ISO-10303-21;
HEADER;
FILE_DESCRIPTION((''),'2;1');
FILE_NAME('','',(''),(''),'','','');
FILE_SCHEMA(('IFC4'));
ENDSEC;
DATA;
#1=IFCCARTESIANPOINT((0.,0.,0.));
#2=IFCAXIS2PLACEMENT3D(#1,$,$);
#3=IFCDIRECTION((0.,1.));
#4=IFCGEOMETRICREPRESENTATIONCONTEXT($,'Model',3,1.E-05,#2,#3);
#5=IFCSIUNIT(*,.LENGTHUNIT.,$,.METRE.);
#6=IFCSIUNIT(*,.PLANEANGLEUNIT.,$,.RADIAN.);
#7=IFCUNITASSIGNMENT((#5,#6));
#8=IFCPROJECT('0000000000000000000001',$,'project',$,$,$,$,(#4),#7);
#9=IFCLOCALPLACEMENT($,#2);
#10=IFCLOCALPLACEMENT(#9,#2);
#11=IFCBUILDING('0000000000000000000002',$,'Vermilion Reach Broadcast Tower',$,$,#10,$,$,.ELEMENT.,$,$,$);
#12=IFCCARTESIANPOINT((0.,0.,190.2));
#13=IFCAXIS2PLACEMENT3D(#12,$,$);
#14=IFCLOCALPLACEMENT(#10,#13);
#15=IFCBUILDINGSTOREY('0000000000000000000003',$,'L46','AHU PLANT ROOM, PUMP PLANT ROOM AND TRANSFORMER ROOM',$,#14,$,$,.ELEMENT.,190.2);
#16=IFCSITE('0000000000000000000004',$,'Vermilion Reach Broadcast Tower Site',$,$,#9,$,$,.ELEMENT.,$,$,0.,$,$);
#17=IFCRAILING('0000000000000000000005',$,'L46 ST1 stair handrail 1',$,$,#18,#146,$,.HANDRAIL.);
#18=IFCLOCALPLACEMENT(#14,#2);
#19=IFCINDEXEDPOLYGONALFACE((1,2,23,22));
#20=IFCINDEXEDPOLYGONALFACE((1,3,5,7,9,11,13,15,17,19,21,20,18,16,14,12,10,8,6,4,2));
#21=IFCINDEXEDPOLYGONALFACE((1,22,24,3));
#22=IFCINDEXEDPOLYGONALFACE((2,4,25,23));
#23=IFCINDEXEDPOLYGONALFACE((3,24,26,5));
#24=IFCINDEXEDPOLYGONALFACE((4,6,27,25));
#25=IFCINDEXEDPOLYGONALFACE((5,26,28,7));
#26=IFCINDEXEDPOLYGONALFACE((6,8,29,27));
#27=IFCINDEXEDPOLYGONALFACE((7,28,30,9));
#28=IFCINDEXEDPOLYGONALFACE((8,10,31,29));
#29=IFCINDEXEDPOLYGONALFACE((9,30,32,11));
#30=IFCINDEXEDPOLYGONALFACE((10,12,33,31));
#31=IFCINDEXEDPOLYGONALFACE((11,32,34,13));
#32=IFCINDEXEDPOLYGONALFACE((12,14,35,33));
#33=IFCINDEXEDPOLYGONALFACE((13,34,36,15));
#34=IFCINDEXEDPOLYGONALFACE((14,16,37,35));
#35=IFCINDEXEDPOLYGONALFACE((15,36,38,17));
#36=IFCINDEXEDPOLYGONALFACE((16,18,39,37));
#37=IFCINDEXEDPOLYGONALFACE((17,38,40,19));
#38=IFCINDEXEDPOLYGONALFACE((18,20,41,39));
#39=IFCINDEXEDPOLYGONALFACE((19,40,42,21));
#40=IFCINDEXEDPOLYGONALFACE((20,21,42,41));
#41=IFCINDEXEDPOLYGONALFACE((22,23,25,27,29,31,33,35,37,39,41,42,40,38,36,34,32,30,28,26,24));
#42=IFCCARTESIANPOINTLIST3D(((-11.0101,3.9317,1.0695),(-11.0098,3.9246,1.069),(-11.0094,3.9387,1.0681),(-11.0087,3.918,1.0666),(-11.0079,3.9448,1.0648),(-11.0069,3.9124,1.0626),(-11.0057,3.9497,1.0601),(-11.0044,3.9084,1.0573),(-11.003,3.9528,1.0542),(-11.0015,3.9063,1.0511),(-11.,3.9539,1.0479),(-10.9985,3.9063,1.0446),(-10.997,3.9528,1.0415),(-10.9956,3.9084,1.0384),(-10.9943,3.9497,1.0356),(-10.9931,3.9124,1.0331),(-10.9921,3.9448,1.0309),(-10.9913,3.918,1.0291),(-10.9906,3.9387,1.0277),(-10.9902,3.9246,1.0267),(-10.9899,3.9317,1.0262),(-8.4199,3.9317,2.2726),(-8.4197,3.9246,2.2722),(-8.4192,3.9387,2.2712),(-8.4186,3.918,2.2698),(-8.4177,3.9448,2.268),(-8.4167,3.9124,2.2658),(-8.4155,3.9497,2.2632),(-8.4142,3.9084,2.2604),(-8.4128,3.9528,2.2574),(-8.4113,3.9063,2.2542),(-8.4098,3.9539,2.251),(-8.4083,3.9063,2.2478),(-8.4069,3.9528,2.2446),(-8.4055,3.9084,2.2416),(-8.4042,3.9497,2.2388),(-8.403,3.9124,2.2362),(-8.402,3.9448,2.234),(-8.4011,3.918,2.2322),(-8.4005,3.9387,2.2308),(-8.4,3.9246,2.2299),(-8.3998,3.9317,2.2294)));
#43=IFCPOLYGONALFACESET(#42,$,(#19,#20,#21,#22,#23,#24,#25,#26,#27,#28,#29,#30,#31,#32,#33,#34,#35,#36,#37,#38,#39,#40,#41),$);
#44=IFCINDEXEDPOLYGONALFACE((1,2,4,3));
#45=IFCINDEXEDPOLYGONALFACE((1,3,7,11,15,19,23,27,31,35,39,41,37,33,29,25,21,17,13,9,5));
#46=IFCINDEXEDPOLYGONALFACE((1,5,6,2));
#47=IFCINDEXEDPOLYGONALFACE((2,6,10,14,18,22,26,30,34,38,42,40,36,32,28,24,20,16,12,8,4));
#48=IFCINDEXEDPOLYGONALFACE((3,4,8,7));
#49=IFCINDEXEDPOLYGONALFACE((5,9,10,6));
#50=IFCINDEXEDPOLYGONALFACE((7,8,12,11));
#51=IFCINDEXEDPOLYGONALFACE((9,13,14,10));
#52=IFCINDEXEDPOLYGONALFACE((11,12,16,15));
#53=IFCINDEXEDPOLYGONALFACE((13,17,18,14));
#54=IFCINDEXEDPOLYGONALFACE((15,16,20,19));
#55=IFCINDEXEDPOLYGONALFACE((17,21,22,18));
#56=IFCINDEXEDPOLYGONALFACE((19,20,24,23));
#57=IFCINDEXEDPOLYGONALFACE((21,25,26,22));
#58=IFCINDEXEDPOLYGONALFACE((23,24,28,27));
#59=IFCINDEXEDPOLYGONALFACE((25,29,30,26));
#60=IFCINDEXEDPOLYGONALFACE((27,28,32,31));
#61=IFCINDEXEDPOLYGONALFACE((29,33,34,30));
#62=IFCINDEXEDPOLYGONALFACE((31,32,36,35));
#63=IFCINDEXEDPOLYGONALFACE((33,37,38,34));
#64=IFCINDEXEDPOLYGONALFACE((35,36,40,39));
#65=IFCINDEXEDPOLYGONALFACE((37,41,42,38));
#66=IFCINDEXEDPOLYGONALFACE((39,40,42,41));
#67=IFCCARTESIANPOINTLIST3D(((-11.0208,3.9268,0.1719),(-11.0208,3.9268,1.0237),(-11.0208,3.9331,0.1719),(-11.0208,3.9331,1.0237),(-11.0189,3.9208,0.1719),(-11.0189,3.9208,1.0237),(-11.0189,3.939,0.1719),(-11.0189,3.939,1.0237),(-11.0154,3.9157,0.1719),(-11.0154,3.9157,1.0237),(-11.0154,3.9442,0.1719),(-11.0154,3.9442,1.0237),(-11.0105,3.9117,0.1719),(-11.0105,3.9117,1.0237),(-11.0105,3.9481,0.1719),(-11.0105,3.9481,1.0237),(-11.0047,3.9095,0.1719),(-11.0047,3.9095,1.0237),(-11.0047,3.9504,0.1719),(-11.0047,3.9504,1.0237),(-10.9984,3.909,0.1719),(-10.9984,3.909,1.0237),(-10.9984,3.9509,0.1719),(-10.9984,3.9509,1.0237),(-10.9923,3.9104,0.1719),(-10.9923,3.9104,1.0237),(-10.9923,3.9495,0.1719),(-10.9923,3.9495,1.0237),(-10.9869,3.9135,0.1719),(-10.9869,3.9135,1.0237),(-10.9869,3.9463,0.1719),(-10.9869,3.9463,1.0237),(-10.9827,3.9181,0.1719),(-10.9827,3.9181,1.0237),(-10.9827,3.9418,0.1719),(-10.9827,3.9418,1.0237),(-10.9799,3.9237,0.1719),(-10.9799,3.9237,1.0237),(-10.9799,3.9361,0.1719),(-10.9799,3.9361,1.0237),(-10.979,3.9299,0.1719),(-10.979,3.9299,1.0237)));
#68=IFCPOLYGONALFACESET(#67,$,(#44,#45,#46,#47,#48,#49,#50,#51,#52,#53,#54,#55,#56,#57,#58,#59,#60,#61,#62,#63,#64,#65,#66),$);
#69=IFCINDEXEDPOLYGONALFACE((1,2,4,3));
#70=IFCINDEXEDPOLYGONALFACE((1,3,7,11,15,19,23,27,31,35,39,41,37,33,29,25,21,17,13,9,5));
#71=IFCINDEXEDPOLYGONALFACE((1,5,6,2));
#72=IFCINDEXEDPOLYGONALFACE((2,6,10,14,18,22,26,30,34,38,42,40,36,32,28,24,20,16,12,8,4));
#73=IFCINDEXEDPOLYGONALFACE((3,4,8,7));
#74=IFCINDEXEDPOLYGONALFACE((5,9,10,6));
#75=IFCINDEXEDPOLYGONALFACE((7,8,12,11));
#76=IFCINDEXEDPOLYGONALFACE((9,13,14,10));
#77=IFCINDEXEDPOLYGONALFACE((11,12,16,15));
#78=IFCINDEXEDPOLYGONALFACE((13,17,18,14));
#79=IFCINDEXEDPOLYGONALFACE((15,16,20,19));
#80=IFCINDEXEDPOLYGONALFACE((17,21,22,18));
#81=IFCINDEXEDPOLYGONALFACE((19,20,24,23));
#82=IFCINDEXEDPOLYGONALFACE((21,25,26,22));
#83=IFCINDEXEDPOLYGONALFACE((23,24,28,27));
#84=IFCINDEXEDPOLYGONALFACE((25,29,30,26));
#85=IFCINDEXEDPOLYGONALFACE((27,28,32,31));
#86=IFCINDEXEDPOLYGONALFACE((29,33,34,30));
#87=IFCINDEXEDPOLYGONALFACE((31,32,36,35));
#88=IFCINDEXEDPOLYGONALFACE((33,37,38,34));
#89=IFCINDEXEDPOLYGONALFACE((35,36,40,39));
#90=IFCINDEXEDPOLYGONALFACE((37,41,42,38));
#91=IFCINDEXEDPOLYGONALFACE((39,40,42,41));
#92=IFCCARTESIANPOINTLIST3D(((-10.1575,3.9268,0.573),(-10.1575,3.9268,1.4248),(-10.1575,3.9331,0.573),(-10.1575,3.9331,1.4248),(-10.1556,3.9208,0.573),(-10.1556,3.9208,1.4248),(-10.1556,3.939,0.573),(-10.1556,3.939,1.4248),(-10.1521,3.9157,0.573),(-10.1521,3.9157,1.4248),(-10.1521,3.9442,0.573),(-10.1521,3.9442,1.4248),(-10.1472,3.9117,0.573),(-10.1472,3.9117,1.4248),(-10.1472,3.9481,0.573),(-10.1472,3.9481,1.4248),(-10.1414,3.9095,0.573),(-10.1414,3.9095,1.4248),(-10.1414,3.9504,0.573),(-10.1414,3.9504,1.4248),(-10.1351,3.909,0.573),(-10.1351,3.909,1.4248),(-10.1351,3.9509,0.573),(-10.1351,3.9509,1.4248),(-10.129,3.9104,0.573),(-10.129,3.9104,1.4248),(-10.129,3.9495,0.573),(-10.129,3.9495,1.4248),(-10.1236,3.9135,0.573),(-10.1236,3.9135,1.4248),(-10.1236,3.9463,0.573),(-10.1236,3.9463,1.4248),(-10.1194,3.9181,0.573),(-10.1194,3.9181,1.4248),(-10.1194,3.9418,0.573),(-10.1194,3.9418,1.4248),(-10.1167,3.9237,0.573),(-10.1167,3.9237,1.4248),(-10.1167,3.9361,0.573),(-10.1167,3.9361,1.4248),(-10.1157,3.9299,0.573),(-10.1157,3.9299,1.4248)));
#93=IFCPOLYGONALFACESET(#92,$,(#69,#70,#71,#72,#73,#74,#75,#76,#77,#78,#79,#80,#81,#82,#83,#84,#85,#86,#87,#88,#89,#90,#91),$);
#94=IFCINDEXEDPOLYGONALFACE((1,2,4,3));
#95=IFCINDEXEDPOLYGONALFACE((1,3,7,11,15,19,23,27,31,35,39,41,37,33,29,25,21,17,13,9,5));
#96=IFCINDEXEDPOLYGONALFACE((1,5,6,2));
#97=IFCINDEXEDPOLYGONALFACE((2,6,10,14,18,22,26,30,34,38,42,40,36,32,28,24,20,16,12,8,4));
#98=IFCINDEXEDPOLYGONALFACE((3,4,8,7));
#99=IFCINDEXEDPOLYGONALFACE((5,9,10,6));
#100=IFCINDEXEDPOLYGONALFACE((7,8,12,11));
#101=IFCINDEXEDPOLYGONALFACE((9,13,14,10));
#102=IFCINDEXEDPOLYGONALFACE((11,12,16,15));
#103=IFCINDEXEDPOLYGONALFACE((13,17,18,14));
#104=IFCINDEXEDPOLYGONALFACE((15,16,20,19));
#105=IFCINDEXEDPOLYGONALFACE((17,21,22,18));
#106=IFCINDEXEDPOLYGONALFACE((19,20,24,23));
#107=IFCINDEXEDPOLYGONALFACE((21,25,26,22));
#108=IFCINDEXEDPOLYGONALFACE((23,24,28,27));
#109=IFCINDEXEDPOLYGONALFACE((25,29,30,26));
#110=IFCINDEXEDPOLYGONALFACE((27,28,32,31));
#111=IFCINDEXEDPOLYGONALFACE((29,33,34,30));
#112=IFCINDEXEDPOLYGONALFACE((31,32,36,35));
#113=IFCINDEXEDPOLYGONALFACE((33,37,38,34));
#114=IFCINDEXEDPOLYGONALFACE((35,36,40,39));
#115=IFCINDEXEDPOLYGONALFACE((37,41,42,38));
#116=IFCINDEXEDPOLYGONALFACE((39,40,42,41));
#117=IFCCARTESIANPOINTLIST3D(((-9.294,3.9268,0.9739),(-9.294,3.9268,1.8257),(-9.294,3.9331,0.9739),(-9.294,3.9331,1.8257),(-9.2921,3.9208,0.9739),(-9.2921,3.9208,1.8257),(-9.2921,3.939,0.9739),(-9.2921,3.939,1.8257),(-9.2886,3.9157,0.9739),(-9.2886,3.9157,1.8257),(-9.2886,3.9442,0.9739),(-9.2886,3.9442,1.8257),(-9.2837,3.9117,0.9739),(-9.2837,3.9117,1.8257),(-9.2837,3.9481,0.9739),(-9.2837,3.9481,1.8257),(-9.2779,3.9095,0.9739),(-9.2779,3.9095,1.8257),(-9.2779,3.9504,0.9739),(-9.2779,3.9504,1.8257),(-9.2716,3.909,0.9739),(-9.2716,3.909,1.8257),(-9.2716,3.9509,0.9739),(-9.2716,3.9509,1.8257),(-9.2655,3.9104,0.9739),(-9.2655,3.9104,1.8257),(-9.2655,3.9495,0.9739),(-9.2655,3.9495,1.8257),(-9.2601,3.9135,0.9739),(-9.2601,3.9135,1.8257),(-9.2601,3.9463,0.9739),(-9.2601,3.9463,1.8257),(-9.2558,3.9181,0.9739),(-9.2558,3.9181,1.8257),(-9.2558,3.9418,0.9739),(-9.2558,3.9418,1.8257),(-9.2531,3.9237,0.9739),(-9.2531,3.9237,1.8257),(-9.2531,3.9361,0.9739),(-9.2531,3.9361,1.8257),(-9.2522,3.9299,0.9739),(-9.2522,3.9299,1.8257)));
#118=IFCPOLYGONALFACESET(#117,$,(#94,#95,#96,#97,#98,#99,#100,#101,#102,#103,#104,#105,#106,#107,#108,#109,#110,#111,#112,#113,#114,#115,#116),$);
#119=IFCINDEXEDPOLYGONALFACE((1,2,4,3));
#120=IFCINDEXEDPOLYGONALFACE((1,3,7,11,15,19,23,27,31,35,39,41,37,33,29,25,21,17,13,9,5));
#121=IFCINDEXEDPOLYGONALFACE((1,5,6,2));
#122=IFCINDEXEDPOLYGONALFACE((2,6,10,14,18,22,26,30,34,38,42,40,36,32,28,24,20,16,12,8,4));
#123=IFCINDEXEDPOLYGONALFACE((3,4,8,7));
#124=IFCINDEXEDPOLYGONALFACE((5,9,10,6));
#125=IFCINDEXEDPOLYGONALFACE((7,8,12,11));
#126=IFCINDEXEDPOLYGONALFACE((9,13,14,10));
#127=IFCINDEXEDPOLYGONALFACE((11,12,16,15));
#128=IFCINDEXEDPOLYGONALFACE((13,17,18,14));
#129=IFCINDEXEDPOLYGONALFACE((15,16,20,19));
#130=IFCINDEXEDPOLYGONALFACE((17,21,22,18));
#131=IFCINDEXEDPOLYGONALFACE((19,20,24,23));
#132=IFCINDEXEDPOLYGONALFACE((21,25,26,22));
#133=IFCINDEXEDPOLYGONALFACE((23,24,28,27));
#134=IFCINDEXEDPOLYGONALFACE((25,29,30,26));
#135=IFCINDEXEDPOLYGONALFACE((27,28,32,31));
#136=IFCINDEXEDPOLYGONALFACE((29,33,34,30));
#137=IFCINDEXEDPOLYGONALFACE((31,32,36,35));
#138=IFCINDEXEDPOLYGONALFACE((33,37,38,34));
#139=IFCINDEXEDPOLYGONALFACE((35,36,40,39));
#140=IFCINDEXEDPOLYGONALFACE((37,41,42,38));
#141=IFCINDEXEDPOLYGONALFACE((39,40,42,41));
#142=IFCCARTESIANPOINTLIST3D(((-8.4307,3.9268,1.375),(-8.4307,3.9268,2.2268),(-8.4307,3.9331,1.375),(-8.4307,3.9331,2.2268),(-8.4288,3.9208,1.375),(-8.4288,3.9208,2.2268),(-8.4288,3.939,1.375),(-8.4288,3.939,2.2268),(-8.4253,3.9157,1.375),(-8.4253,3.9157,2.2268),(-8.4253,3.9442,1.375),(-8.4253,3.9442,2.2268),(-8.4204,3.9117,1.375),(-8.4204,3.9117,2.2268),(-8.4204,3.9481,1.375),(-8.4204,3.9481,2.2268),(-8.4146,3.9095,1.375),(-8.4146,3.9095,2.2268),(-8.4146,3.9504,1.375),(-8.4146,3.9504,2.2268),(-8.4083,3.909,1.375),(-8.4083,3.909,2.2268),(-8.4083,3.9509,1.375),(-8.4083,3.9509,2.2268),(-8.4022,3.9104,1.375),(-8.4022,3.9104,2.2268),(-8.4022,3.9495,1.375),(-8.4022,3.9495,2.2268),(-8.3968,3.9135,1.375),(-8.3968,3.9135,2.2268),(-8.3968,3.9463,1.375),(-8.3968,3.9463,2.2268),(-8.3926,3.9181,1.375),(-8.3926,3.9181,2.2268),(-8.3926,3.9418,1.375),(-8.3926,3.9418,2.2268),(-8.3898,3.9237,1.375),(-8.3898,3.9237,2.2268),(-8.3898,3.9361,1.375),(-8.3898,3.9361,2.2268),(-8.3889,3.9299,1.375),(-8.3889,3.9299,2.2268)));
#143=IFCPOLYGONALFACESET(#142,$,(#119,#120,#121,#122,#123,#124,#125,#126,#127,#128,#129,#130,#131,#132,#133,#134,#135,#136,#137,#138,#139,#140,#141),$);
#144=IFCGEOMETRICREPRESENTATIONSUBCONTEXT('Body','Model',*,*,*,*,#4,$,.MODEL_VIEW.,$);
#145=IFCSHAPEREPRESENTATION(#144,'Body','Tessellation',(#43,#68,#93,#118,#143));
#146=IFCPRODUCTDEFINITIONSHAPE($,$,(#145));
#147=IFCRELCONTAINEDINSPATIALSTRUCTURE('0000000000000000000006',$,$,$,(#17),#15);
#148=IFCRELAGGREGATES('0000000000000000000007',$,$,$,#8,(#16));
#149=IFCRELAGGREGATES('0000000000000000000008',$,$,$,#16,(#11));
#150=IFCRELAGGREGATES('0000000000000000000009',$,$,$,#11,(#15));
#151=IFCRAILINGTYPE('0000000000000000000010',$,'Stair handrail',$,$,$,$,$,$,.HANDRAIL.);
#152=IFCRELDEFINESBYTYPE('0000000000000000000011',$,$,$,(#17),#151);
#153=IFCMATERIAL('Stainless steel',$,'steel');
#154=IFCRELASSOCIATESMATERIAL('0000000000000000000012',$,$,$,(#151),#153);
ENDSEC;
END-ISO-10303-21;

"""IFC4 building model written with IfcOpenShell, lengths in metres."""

from ifc_helpers import new_model, si_unit, direction, frame, origin, origin_2d, place, context, subcontext, project, spatial, circle, extrude, material, type_object, element, save


model = new_model("IFC4")

# Units and contexts
model_context = context("Model", 3, precision=1e-05, world=origin(), true_north=direction((0.0, 1.0)))
body_context = subcontext(model_context, "Body", "Model", "MODEL_VIEW")
ifc_project = project(units=[si_unit("LENGTHUNIT", "METRE"), si_unit("PLANEANGLEUNIT", "RADIAN")], contexts=[model_context])

# Site, building, storey
site_placement = place(None, origin())
site = spatial("IfcSite", under=ifc_project, at=site_placement, Name="Vermilion Reach Broadcast Tower Site", CompositionType="ELEMENT", RefElevation=0.0)
building_placement = place(site_placement, origin())
building = spatial("IfcBuilding", under=site, at=building_placement, Name="Vermilion Reach Broadcast Tower", CompositionType="ELEMENT")
storey_placement = place(building_placement, frame((0.0, 0.0, 190.2)))
storey = spatial("IfcBuildingStorey", under=building, at=storey_placement, Name="L46", Description="AHU PLANT ROOM, PUMP PLANT ROOM AND TRANSFORMER ROOM", CompositionType="ELEMENT", Elevation=190.2)

# Railing
ifc_material_1 = material(Name="Stainless steel", Category="steel")
railing_type_1 = type_object("IfcRailingType", Name="Stair handrail", PredefinedType="HANDRAIL", material=ifc_material_1)
for number, where, name in (
    (1, (-11.0, 3.9299, 0.1719), "L46 ST1 stair handrail 1"),
):
    element("IfcRailing", number, at=place(storey_placement, frame(where)), inside=storey, type_object=railing_type_1, Name=name, PredefinedType="HANDRAIL", context=body_context, shape_type="SweptSolid", body=[
        extrude(circle(Radius=0.0239, at=origin_2d()), frame((0.0, 0.0, 0.876), z_axis=(0.906931, 0.0, 0.42128), x_axis=(0.0, 1.0, 0.0)), (0.0, 0.0, 1.0), 2.856),
        extrude(circle(Radius=0.021, at=origin_2d()), origin(), (0.0, 0.0, 1.0), 0.8518),
        extrude(circle(Radius=0.021, at=origin_2d()), frame((0.8633, 0.0, 0.4011)), (0.0, 0.0, 1.0), 0.8518),
        extrude(circle(Radius=0.021, at=origin_2d()), frame((1.7268, 0.0, 0.802)), (0.0, 0.0, 1.0), 0.8518),
        extrude(circle(Radius=0.021, at=origin_2d()), frame((2.5901, 0.0, 1.2031)), (0.0, 0.0, 1.0), 0.8518),
    ])

save(model, "model.ifc")
